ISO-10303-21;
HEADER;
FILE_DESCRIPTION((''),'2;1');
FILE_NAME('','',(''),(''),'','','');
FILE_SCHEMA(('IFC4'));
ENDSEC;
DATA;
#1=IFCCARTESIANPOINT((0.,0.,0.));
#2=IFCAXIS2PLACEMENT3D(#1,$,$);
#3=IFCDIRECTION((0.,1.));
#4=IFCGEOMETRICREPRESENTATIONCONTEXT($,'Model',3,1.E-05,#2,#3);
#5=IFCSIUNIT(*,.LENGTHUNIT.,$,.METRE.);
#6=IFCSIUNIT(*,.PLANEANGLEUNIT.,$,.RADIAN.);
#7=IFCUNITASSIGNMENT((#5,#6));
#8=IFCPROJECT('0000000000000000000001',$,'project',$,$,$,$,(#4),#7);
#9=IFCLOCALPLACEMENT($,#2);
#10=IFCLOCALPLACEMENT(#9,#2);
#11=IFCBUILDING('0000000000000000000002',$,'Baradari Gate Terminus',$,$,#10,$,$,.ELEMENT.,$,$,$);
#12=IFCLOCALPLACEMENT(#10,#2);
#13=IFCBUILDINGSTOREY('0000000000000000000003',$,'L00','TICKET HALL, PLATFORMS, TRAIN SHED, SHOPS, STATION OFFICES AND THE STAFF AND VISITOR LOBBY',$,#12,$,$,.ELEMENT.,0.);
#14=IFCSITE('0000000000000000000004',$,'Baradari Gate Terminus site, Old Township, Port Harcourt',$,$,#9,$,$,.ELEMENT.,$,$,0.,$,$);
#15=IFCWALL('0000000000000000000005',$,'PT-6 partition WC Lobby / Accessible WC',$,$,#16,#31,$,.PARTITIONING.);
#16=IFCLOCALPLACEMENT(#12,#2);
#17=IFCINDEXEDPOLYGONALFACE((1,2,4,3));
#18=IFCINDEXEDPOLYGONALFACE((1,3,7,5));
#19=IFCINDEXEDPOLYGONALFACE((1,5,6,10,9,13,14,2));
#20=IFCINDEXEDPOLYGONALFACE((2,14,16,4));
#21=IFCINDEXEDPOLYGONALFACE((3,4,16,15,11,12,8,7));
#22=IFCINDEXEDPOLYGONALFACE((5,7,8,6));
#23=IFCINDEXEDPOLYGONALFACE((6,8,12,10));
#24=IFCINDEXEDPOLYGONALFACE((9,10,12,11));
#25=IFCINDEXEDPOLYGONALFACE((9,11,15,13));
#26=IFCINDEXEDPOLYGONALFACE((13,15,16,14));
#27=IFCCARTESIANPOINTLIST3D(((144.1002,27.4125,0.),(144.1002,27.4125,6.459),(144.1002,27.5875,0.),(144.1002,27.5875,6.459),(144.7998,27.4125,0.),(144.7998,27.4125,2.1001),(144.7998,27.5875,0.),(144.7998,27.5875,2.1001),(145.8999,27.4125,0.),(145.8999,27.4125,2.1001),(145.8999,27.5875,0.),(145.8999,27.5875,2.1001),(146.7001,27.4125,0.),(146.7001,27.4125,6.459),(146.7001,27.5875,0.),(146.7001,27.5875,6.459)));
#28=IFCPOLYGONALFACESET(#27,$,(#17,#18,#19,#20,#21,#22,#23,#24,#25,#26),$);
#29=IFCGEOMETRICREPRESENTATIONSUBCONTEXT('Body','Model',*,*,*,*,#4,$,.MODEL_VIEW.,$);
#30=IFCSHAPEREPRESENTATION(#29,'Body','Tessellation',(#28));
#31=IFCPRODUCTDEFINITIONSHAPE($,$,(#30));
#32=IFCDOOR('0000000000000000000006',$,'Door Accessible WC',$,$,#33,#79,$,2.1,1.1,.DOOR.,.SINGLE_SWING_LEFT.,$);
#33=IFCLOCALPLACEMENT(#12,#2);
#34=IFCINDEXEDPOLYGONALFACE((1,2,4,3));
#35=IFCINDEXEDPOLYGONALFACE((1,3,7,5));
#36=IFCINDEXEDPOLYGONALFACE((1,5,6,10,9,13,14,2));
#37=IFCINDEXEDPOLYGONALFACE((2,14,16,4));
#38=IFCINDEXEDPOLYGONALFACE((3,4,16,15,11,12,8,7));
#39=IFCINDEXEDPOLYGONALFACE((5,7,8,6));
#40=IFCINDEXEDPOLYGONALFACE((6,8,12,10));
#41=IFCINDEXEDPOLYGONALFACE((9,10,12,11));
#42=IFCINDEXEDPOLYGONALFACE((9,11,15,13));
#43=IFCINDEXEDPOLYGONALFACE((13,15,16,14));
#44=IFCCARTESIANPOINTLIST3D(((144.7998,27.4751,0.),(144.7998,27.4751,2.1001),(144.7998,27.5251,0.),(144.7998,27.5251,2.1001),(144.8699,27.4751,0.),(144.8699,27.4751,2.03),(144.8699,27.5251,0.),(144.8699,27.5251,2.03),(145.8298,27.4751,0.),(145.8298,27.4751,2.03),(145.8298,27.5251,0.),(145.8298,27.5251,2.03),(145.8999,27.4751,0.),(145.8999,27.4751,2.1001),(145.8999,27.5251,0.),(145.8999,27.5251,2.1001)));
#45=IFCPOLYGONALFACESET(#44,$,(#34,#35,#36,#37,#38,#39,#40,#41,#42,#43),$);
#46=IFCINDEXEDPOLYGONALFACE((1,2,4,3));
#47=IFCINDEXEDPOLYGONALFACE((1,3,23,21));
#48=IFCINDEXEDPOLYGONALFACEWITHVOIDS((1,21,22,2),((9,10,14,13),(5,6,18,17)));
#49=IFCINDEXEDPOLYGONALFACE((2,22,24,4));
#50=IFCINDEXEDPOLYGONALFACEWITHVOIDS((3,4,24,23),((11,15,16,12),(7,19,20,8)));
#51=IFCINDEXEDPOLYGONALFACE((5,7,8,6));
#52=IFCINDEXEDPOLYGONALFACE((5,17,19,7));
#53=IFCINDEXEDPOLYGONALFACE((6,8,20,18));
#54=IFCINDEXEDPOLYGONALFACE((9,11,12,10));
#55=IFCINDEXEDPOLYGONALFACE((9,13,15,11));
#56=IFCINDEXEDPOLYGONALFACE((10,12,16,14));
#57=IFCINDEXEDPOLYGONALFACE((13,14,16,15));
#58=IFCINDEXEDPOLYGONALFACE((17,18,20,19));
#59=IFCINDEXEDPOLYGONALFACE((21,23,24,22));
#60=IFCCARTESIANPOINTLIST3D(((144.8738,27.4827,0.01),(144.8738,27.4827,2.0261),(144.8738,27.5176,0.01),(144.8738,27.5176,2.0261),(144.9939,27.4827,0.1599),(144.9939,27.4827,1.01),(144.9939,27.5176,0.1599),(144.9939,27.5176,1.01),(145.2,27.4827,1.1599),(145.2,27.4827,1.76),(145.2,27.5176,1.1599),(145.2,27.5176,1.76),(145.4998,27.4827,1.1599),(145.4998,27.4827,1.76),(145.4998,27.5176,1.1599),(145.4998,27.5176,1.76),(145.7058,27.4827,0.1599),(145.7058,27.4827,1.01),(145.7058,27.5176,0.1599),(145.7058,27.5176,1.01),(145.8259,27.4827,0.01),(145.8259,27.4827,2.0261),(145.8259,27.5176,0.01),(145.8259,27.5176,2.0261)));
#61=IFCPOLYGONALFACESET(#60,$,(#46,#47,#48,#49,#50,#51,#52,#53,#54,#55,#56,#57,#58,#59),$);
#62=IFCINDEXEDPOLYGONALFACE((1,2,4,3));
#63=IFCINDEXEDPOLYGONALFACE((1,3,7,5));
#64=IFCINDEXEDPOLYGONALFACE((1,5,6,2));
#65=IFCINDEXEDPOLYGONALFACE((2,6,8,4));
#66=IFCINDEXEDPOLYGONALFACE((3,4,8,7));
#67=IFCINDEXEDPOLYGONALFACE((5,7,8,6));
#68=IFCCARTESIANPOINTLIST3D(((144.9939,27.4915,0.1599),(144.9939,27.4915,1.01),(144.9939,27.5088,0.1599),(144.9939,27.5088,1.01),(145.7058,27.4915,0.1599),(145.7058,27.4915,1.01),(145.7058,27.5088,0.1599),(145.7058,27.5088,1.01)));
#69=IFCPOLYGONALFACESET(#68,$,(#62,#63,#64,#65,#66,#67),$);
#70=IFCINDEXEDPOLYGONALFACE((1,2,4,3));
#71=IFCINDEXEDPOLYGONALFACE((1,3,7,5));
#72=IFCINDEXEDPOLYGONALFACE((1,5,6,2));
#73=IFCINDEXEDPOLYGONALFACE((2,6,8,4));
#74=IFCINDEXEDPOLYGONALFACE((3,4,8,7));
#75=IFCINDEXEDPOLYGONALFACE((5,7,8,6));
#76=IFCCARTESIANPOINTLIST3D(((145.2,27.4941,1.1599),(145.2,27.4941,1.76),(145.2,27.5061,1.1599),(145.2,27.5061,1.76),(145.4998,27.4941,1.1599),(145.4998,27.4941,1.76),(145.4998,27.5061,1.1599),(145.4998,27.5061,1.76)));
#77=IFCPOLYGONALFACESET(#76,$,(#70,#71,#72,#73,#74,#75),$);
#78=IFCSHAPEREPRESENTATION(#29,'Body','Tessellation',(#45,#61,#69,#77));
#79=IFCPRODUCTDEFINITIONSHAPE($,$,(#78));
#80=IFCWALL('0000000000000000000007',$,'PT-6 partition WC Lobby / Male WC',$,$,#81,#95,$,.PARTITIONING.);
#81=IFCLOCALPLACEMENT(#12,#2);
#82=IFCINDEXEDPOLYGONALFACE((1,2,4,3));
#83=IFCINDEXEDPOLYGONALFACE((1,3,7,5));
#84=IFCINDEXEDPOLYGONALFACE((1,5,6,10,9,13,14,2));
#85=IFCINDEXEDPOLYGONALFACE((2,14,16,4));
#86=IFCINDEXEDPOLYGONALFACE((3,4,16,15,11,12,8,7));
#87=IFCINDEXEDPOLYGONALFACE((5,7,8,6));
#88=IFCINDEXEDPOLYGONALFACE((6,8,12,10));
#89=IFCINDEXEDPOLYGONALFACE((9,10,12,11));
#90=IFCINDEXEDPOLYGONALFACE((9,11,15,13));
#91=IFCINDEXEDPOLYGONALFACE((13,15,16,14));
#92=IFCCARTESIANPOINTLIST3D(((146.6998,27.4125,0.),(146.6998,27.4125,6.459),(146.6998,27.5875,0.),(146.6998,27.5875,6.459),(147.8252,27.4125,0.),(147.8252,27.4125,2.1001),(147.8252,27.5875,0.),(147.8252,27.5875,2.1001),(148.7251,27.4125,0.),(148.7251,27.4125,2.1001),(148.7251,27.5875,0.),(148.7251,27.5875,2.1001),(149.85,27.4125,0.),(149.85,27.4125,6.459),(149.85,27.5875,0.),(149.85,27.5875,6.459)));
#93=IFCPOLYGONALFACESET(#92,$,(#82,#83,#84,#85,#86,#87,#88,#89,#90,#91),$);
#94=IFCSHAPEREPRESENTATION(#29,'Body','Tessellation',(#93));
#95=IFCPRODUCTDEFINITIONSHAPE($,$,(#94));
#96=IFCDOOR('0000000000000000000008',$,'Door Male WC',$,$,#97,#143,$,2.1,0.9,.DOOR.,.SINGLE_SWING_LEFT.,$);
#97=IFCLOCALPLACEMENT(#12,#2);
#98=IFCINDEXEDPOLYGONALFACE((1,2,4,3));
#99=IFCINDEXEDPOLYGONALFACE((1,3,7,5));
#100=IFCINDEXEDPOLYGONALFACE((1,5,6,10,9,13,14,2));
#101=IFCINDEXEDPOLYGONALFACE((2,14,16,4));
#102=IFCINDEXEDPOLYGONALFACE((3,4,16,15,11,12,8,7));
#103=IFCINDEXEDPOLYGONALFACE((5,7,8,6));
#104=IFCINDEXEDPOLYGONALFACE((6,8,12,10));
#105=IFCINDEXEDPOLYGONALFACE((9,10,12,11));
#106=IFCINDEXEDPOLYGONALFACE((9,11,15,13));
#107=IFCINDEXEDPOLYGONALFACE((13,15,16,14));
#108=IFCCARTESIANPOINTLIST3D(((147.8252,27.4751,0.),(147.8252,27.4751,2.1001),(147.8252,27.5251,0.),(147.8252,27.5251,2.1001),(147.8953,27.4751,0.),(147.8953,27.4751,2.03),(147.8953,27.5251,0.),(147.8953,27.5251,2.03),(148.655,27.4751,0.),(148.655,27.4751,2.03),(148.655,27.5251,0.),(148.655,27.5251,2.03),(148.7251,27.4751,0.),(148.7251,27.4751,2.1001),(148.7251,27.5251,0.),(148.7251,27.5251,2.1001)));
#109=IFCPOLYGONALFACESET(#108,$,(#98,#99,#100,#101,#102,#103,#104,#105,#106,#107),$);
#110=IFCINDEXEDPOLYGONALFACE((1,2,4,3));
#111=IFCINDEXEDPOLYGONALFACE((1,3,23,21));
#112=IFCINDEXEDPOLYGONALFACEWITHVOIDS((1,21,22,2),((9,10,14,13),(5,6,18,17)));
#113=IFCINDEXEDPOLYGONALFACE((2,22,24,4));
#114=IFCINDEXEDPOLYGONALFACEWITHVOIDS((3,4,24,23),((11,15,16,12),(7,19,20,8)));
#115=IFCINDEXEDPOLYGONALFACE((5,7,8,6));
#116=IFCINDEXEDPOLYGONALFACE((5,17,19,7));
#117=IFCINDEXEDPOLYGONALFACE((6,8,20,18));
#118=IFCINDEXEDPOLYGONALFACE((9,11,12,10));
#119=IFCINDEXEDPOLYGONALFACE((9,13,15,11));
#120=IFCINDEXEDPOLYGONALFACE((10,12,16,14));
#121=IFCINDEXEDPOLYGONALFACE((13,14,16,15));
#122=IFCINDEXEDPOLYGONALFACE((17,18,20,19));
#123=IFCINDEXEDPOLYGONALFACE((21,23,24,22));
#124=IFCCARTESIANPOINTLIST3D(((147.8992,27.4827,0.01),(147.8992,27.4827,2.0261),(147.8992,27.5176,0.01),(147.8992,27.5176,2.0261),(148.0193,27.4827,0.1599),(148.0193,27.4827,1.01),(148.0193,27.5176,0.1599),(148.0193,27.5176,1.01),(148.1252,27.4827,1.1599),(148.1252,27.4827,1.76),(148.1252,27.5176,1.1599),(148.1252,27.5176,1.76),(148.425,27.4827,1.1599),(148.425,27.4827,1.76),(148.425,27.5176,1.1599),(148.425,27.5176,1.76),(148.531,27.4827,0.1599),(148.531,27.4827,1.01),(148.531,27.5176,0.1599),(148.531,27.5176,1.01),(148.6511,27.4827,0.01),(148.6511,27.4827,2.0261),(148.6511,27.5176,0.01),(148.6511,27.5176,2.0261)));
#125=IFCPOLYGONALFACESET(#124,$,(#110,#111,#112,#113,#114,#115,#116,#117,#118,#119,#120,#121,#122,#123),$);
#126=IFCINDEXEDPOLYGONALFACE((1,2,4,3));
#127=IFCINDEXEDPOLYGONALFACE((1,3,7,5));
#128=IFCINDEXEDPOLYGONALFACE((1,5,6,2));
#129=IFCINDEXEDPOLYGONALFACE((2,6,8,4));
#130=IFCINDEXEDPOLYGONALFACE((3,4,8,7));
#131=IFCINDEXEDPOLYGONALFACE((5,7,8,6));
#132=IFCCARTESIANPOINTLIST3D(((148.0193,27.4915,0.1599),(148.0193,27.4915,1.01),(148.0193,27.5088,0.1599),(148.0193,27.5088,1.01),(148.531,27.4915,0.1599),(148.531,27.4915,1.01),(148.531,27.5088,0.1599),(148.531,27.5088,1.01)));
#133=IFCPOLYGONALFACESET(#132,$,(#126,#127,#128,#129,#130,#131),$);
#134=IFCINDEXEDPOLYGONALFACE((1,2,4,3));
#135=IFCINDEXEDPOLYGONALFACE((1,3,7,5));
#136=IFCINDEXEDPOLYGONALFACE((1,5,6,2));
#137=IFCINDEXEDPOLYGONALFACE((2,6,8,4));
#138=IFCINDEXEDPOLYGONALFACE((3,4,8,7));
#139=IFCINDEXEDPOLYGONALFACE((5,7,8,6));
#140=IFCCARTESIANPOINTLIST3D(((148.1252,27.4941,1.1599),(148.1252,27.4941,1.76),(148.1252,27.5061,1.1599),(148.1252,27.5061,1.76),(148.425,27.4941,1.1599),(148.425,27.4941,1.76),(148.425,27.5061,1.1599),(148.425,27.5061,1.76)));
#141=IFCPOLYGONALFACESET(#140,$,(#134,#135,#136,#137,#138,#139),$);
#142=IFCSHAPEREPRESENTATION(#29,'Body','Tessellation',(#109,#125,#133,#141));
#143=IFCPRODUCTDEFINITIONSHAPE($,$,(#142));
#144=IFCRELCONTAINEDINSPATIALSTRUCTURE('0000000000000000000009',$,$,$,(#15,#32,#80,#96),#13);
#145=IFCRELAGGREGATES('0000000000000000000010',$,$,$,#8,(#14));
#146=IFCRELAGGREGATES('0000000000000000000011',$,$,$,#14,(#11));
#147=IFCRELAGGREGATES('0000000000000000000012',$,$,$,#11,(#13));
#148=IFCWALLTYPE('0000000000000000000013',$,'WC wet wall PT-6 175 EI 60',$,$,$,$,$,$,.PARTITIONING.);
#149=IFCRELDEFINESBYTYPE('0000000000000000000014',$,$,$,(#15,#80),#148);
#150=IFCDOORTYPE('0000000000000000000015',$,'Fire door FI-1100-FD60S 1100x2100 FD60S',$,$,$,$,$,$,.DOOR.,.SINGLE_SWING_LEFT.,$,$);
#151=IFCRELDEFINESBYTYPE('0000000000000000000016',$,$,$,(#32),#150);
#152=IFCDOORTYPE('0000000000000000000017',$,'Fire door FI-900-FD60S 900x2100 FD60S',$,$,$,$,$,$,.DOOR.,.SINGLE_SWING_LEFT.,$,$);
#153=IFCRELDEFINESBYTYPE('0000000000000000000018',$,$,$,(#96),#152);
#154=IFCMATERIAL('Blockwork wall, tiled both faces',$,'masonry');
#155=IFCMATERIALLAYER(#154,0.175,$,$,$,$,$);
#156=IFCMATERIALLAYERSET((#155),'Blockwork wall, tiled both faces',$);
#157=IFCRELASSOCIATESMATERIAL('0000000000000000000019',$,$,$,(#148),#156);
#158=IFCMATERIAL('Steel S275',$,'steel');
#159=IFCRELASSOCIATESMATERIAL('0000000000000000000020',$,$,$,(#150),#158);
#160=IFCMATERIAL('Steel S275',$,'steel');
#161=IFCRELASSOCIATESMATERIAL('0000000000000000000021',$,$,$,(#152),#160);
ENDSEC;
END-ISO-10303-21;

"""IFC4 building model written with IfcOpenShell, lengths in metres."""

from ifc_helpers import new_model, si_unit, direction, frame, frame_2d, origin, place, context, subcontext, project, spatial, polyline, rectangle, outline, extrude, material, layer, layer_set, type_object, element, fill, save


model = new_model("IFC4")

# Units and contexts
model_context = context("Model", 3, precision=1e-05, world=origin(), true_north=direction((0.0, 1.0)))
body_context = subcontext(model_context, "Body", "Model", "MODEL_VIEW")
ifc_project = project(units=[si_unit("LENGTHUNIT", "METRE"), si_unit("PLANEANGLEUNIT", "RADIAN")], contexts=[model_context])

# Site, building, storey
site_placement = place(None, origin())
site = spatial("IfcSite", under=ifc_project, at=site_placement, Name="Baradari Gate Terminus site, Old Township, Port Harcourt", CompositionType="ELEMENT", RefElevation=0.0)
building_placement = place(site_placement, origin())
building = spatial("IfcBuilding", under=site, at=building_placement, Name="Baradari Gate Terminus", CompositionType="ELEMENT")
storey_placement = place(building_placement, origin())
storey = spatial("IfcBuildingStorey", under=building, at=storey_placement, Name="L00", Description="TICKET HALL, PLATFORMS, TRAIN SHED, SHOPS, STATION OFFICES AND THE STAFF AND VISITOR LOBBY", CompositionType="ELEMENT", Elevation=0.0)

# Walls, openings, doors
ifc_material_1 = material(Name="Blockwork wall, tiled both faces", Category="masonry")
ifc_layer_1 = layer(ifc_material_1, 0.175)
ifc_layer_set_1 = layer_set([ifc_layer_1], Name="Blockwork wall, tiled both faces")
wall_type_1 = type_object("IfcWallType", Name="WC wet wall PT-6 175 EI 60", PredefinedType="PARTITIONING", material=ifc_layer_set_1)
wall_1_placement = place(storey_placement, frame((146.7, 27.5, 0.0), z_axis=(0.0, 0.0, 1.0), x_axis=(-1.0, 0.0, 0.0)))
wall_1 = element("IfcWall", 1, at=wall_1_placement, inside=storey, type_object=wall_type_1, Name="PT-6 partition WC Lobby / Accessible WC", PredefinedType="PARTITIONING", context=body_context, shape_type="SweptSolid", body=[
    extrude(rectangle(XDim=2.5999, YDim=0.175, at=frame_2d((1.2998, 0.0))), origin(), (0.0, 0.0, 1.0), 6.459),
])
opening_1_placement = place(wall_1_placement, frame((0.8, 0.0, 0.0)))
opening_1 = element("IfcOpeningElement", 2, at=opening_1_placement, cuts=wall_1, PredefinedType="OPENING", context=body_context, shape_type="SweptSolid", body=[
    extrude(rectangle(XDim=1.1001, YDim=2.1001, at=frame_2d((0.55, 1.05))), frame((0.0, 0.0974, 0.0), z_axis=(0.0, -1.0, 0.0), x_axis=(1.0, 0.0, 0.0)), (0.0, 0.0, 1.0), 0.1951),
])
ifc_material_2 = material(Name="Steel S275", Category="steel")
door_type_1 = type_object("IfcDoorType", Name="Fire door FI-1100-FD60S 1100x2100 FD60S", OperationType="SINGLE_SWING_LEFT", PredefinedType="DOOR", material=ifc_material_2)
door_1_placement = place(opening_1_placement, origin())
door_1 = element("IfcDoor", 3, at=door_1_placement, inside=storey, type_object=door_type_1, Name="Door Accessible WC", OperationType="SINGLE_SWING_LEFT", OverallHeight=2.1, OverallWidth=1.1, PredefinedType="DOOR", context=body_context, shape_type="SweptSolid", body=[
    extrude(outline(polyline([(0.0, 0.0), (0.0701, 0.0), (0.0701, 2.03), (1.03, 2.03), (1.03, 0.0), (1.1001, 0.0), (1.1001, 2.1001), (0.0, 2.1001), (0.0, 0.0)])), frame((0.0, 0.0249, 0.0), z_axis=(0.0, -1.0, 0.0), x_axis=(1.0, 0.0, 0.0)), (0.0, 0.0, 1.0), 0.05),
    extrude(outline(polyline([(0.074, 0.01), (1.0261, 0.01), (1.0261, 2.0261), (0.074, 2.0261), (0.074, 0.01)]), holes=[polyline([(0.1941, 0.1599), (0.906, 0.1599), (0.906, 1.01), (0.1941, 1.01), (0.1941, 0.1599)]), polyline([(0.4001, 1.1599), (0.7, 1.1599), (0.7, 1.76), (0.4001, 1.76), (0.4001, 1.1599)])]), frame((0.0, 0.0173, 0.0), z_axis=(0.0, -1.0, 0.0), x_axis=(1.0, 0.0, 0.0)), (0.0, 0.0, 1.0), 0.0349),
    extrude(rectangle(XDim=0.7119, YDim=0.8501, at=frame_2d((0.55, 0.585))), frame((0.0, 0.0085, 0.0), z_axis=(0.0, -1.0, 0.0), x_axis=(1.0, 0.0, 0.0)), (0.0, 0.0, 1.0), 0.0173),
    extrude(rectangle(XDim=0.2998, YDim=0.6001, at=frame_2d((0.55, 1.46))), frame((0.0, 0.0059, 0.0), z_axis=(0.0, -1.0, 0.0), x_axis=(1.0, 0.0, 0.0)), (0.0, 0.0, 1.0), 0.012),
])
fill(opening_1, door_1)
wall_2_placement = place(storey_placement, frame((149.8501, 27.5, 0.0), z_axis=(0.0, 0.0, 1.0), x_axis=(-1.0, 0.0, 0.0)))
wall_2 = element("IfcWall", 4, at=wall_2_placement, inside=storey, type_object=wall_type_1, Name="PT-6 partition WC Lobby / Male WC", PredefinedType="PARTITIONING", context=body_context, shape_type="SweptSolid", body=[
    extrude(rectangle(XDim=3.1501, YDim=0.175, at=frame_2d((1.5752, 0.0))), origin(), (0.0, 0.0, 1.0), 6.459),
])
opening_2_placement = place(wall_2_placement, frame((1.125, 0.0, 0.0)))
opening_2 = element("IfcOpeningElement", 5, at=opening_2_placement, cuts=wall_2, PredefinedType="OPENING", context=body_context, shape_type="SweptSolid", body=[
    extrude(rectangle(XDim=0.8999, YDim=2.1001, at=frame_2d((0.45, 1.05))), frame((0.0, 0.0974, 0.0), z_axis=(0.0, -1.0, 0.0), x_axis=(1.0, 0.0, 0.0)), (0.0, 0.0, 1.0), 0.1951),
])
ifc_material_3 = material(Name="Steel S275", Category="steel")
door_type_2 = type_object("IfcDoorType", Name="Fire door FI-900-FD60S 900x2100 FD60S", OperationType="SINGLE_SWING_LEFT", PredefinedType="DOOR", material=ifc_material_3)
door_2_placement = place(opening_2_placement, origin())
door_2 = element("IfcDoor", 6, at=door_2_placement, inside=storey, type_object=door_type_2, Name="Door Male WC", OperationType="SINGLE_SWING_LEFT", OverallHeight=2.1, OverallWidth=0.9, PredefinedType="DOOR", context=body_context, shape_type="SweptSolid", body=[
    extrude(outline(polyline([(0.0, 0.0), (0.0701, 0.0), (0.0701, 2.03), (0.8298, 2.03), (0.8298, 0.0), (0.8999, 0.0), (0.8999, 2.1001), (0.0, 2.1001), (0.0, 0.0)])), frame((0.0, 0.0249, 0.0), z_axis=(0.0, -1.0, 0.0), x_axis=(1.0, 0.0, 0.0)), (0.0, 0.0, 1.0), 0.05),
    extrude(outline(polyline([(0.074, 0.01), (0.8259, 0.01), (0.8259, 2.0261), (0.074, 2.0261), (0.074, 0.01)]), holes=[polyline([(0.1941, 0.1599), (0.7058, 0.1599), (0.7058, 1.01), (0.1941, 1.01), (0.1941, 0.1599)]), polyline([(0.3, 1.1599), (0.5999, 1.1599), (0.5999, 1.76), (0.3, 1.76), (0.3, 1.1599)])]), frame((0.0, 0.0173, 0.0), z_axis=(0.0, -1.0, 0.0), x_axis=(1.0, 0.0, 0.0)), (0.0, 0.0, 1.0), 0.0349),
    extrude(rectangle(XDim=0.5117, YDim=0.8501, at=frame_2d((0.45, 0.585))), frame((0.0, 0.0085, 0.0), z_axis=(0.0, -1.0, 0.0), x_axis=(1.0, 0.0, 0.0)), (0.0, 0.0, 1.0), 0.0173),
    extrude(rectangle(XDim=0.2998, YDim=0.6001, at=frame_2d((0.45, 1.46))), frame((0.0, 0.0059, 0.0), z_axis=(0.0, -1.0, 0.0), x_axis=(1.0, 0.0, 0.0)), (0.0, 0.0, 1.0), 0.012),
])
fill(opening_2, door_2)

save(model, "model.ifc")
